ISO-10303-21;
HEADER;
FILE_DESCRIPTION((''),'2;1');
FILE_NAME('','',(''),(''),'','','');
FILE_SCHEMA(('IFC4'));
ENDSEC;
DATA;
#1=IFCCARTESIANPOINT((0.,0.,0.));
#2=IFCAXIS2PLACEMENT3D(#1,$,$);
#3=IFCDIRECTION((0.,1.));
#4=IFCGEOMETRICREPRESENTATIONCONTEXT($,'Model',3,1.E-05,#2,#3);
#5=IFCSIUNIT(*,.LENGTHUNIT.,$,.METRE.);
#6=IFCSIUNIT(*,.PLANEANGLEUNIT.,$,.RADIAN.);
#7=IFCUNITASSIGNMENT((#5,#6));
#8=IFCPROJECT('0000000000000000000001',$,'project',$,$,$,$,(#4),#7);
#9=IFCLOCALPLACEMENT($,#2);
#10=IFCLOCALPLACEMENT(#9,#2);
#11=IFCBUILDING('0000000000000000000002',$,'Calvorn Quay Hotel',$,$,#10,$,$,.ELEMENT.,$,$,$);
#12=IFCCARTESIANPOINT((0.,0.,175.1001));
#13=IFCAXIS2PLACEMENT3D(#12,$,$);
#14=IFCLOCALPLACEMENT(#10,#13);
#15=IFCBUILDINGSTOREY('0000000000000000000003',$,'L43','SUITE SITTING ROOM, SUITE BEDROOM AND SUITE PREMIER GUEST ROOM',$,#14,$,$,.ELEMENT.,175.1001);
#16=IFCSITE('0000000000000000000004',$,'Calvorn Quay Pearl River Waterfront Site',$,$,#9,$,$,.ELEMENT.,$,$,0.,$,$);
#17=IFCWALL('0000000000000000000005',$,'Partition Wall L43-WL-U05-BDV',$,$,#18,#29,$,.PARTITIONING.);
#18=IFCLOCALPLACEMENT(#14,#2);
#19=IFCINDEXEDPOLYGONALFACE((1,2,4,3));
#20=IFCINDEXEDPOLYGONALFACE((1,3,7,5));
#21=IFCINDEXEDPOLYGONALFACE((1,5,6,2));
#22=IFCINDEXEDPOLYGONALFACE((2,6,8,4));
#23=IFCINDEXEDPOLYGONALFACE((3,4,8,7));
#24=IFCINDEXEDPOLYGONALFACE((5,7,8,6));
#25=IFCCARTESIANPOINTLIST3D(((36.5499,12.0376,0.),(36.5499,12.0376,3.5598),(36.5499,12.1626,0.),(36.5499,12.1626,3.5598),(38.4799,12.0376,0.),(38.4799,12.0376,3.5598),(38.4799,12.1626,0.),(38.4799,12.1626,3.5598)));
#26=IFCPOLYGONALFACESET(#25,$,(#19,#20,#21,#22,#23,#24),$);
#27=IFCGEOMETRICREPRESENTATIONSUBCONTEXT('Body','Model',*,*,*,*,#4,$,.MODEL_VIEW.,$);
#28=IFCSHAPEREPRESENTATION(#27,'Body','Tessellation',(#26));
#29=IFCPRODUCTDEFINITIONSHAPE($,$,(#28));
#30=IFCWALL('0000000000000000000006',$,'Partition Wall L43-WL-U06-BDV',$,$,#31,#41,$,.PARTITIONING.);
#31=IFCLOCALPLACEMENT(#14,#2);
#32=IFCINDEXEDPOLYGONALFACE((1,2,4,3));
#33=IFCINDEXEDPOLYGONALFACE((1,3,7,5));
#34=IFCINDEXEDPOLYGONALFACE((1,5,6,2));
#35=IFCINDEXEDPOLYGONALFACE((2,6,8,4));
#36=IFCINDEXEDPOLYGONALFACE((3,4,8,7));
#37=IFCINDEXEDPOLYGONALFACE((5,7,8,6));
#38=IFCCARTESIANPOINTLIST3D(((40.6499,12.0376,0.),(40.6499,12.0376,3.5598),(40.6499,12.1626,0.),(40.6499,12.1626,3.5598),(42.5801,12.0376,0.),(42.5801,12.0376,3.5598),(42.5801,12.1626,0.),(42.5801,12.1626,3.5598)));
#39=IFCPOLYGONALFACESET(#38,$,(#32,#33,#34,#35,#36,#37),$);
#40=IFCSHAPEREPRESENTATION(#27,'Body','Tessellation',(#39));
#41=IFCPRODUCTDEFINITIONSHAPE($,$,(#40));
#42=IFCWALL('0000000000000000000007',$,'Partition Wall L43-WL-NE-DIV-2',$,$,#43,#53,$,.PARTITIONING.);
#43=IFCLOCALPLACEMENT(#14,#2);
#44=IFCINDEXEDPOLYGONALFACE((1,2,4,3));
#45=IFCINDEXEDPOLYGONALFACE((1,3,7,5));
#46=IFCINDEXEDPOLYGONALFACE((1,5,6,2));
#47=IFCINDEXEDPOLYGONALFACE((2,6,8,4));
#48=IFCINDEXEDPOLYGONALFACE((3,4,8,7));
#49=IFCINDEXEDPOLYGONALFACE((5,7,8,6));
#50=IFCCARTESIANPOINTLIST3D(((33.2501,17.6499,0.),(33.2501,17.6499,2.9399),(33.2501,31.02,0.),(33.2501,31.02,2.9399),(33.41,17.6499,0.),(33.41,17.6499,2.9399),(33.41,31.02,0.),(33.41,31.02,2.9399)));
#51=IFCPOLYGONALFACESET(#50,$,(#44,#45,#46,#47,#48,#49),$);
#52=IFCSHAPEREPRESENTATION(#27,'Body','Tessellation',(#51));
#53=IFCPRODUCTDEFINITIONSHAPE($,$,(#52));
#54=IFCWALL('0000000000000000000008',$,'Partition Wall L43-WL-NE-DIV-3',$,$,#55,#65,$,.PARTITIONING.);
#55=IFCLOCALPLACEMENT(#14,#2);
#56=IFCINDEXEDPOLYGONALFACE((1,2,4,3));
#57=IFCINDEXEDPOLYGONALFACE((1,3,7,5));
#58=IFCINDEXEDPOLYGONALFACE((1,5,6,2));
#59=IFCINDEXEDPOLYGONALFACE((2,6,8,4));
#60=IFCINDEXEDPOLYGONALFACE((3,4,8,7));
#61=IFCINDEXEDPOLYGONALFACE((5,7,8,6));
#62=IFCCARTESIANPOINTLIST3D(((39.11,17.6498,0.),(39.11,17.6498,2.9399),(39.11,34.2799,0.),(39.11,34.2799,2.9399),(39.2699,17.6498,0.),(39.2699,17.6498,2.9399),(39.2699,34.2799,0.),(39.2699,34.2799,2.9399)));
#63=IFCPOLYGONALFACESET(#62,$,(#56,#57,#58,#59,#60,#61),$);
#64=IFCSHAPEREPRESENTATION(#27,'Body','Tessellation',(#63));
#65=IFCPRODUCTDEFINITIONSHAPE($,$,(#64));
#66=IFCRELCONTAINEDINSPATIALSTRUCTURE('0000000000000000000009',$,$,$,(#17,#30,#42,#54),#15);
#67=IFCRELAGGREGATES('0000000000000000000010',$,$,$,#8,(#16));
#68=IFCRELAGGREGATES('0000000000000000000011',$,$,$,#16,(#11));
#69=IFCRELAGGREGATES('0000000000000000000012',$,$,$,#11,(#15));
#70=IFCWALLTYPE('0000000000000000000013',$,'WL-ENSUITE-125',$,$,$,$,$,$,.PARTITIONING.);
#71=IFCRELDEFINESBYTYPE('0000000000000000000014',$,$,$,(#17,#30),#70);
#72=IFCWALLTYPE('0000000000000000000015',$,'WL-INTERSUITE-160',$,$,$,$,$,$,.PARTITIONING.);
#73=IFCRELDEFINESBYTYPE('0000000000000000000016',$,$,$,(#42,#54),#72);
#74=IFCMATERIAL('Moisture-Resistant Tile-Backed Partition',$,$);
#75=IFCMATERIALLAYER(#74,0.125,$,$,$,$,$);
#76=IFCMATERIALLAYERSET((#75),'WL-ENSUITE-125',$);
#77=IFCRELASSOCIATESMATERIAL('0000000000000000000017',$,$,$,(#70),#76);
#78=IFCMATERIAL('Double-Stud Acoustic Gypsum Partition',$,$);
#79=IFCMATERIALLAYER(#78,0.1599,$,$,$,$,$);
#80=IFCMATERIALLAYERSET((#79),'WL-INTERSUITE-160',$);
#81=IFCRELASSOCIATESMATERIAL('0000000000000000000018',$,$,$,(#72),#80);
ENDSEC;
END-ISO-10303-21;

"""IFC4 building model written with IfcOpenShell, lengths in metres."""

from ifc_helpers import new_model, si_unit, direction, frame, frame_2d, origin, place, context, subcontext, project, spatial, rectangle, extrude, material, layer, layer_set, type_object, element, save


model = new_model("IFC4")

# Units and contexts
model_context = context("Model", 3, precision=1e-05, world=origin(), true_north=direction((0.0, 1.0)))
body_context = subcontext(model_context, "Body", "Model", "MODEL_VIEW")
ifc_project = project(units=[si_unit("LENGTHUNIT", "METRE"), si_unit("PLANEANGLEUNIT", "RADIAN")], contexts=[model_context])

# Site, building, storey
site_placement = place(None, origin())
site = spatial("IfcSite", under=ifc_project, at=site_placement, Name="Calvorn Quay Pearl River Waterfront Site", CompositionType="ELEMENT", RefElevation=0.0)
building_placement = place(site_placement, origin())
building = spatial("IfcBuilding", under=site, at=building_placement, Name="Calvorn Quay Hotel", CompositionType="ELEMENT")
storey_placement = place(building_placement, frame((0.0, 0.0, 175.1001)))
storey = spatial("IfcBuildingStorey", under=building, at=storey_placement, Name="L43", Description="SUITE SITTING ROOM, SUITE BEDROOM AND SUITE PREMIER GUEST ROOM", CompositionType="ELEMENT", Elevation=175.1001)

# Walls
ifc_material_1 = material(Name="Moisture-Resistant Tile-Backed Partition")
ifc_layer_1 = layer(ifc_material_1, 0.125)
ifc_layer_set_1 = layer_set([ifc_layer_1], Name="WL-ENSUITE-125")
wall_type_1 = type_object("IfcWallType", Name="WL-ENSUITE-125", PredefinedType="PARTITIONING", material=ifc_layer_set_1)
wall_1_placement = place(storey_placement, frame((36.55, 12.1001, 0.0), z_axis=(0.0, 0.0, 1.0), x_axis=(1.0, 0.0, 0.0)))
element("IfcWall", 1, at=wall_1_placement, inside=storey, type_object=wall_type_1, Name="Partition Wall L43-WL-U05-BDV", PredefinedType="PARTITIONING", context=body_context, shape_type="SweptSolid", body=[
    extrude(rectangle(XDim=1.9299, YDim=0.125, at=frame_2d((0.9648, 0.0))), origin(), (0.0, 0.0, 1.0), 3.5598),
])
wall_2_placement = place(storey_placement, frame((40.6499, 12.1001, 0.0), z_axis=(0.0, 0.0, 1.0), x_axis=(1.0, 0.0, 0.0)))
element("IfcWall", 2, at=wall_2_placement, inside=storey, type_object=wall_type_1, Name="Partition Wall L43-WL-U06-BDV", PredefinedType="PARTITIONING", context=body_context, shape_type="SweptSolid", body=[
    extrude(rectangle(XDim=1.9302, YDim=0.125, at=frame_2d((0.9651, 0.0))), origin(), (0.0, 0.0, 1.0), 3.5598),
])
ifc_material_2 = material(Name="Double-Stud Acoustic Gypsum Partition")
ifc_layer_2 = layer(ifc_material_2, 0.1599)
ifc_layer_set_2 = layer_set([ifc_layer_2], Name="WL-INTERSUITE-160")
wall_type_2 = type_object("IfcWallType", Name="WL-INTERSUITE-160", PredefinedType="PARTITIONING", material=ifc_layer_set_2)
wall_3_placement = place(storey_placement, frame((33.3301, 17.6499, 0.0), z_axis=(0.0, 0.0, 1.0), x_axis=(0.0, 1.0, 0.0)))
element("IfcWall", 3, at=wall_3_placement, inside=storey, type_object=wall_type_2, Name="Partition Wall L43-WL-NE-DIV-2", PredefinedType="PARTITIONING", context=body_context, shape_type="SweptSolid", body=[
    extrude(rectangle(XDim=13.3701, YDim=0.1599, at=frame_2d((6.6851, 0.0))), origin(), (0.0, 0.0, 1.0), 2.9399),
])
wall_4_placement = place(storey_placement, frame((39.1899, 17.6499, 0.0), z_axis=(0.0, 0.0, 1.0), x_axis=(0.0, 1.0, 0.0)))
element("IfcWall", 4, at=wall_4_placement, inside=storey, type_object=wall_type_2, Name="Partition Wall L43-WL-NE-DIV-3", PredefinedType="PARTITIONING", context=body_context, shape_type="SweptSolid", body=[
    extrude(rectangle(XDim=16.6301, YDim=0.1599, at=frame_2d((8.3149, 0.0))), origin(), (0.0, 0.0, 1.0), 2.9399),
])

save(model, "model.ifc")
